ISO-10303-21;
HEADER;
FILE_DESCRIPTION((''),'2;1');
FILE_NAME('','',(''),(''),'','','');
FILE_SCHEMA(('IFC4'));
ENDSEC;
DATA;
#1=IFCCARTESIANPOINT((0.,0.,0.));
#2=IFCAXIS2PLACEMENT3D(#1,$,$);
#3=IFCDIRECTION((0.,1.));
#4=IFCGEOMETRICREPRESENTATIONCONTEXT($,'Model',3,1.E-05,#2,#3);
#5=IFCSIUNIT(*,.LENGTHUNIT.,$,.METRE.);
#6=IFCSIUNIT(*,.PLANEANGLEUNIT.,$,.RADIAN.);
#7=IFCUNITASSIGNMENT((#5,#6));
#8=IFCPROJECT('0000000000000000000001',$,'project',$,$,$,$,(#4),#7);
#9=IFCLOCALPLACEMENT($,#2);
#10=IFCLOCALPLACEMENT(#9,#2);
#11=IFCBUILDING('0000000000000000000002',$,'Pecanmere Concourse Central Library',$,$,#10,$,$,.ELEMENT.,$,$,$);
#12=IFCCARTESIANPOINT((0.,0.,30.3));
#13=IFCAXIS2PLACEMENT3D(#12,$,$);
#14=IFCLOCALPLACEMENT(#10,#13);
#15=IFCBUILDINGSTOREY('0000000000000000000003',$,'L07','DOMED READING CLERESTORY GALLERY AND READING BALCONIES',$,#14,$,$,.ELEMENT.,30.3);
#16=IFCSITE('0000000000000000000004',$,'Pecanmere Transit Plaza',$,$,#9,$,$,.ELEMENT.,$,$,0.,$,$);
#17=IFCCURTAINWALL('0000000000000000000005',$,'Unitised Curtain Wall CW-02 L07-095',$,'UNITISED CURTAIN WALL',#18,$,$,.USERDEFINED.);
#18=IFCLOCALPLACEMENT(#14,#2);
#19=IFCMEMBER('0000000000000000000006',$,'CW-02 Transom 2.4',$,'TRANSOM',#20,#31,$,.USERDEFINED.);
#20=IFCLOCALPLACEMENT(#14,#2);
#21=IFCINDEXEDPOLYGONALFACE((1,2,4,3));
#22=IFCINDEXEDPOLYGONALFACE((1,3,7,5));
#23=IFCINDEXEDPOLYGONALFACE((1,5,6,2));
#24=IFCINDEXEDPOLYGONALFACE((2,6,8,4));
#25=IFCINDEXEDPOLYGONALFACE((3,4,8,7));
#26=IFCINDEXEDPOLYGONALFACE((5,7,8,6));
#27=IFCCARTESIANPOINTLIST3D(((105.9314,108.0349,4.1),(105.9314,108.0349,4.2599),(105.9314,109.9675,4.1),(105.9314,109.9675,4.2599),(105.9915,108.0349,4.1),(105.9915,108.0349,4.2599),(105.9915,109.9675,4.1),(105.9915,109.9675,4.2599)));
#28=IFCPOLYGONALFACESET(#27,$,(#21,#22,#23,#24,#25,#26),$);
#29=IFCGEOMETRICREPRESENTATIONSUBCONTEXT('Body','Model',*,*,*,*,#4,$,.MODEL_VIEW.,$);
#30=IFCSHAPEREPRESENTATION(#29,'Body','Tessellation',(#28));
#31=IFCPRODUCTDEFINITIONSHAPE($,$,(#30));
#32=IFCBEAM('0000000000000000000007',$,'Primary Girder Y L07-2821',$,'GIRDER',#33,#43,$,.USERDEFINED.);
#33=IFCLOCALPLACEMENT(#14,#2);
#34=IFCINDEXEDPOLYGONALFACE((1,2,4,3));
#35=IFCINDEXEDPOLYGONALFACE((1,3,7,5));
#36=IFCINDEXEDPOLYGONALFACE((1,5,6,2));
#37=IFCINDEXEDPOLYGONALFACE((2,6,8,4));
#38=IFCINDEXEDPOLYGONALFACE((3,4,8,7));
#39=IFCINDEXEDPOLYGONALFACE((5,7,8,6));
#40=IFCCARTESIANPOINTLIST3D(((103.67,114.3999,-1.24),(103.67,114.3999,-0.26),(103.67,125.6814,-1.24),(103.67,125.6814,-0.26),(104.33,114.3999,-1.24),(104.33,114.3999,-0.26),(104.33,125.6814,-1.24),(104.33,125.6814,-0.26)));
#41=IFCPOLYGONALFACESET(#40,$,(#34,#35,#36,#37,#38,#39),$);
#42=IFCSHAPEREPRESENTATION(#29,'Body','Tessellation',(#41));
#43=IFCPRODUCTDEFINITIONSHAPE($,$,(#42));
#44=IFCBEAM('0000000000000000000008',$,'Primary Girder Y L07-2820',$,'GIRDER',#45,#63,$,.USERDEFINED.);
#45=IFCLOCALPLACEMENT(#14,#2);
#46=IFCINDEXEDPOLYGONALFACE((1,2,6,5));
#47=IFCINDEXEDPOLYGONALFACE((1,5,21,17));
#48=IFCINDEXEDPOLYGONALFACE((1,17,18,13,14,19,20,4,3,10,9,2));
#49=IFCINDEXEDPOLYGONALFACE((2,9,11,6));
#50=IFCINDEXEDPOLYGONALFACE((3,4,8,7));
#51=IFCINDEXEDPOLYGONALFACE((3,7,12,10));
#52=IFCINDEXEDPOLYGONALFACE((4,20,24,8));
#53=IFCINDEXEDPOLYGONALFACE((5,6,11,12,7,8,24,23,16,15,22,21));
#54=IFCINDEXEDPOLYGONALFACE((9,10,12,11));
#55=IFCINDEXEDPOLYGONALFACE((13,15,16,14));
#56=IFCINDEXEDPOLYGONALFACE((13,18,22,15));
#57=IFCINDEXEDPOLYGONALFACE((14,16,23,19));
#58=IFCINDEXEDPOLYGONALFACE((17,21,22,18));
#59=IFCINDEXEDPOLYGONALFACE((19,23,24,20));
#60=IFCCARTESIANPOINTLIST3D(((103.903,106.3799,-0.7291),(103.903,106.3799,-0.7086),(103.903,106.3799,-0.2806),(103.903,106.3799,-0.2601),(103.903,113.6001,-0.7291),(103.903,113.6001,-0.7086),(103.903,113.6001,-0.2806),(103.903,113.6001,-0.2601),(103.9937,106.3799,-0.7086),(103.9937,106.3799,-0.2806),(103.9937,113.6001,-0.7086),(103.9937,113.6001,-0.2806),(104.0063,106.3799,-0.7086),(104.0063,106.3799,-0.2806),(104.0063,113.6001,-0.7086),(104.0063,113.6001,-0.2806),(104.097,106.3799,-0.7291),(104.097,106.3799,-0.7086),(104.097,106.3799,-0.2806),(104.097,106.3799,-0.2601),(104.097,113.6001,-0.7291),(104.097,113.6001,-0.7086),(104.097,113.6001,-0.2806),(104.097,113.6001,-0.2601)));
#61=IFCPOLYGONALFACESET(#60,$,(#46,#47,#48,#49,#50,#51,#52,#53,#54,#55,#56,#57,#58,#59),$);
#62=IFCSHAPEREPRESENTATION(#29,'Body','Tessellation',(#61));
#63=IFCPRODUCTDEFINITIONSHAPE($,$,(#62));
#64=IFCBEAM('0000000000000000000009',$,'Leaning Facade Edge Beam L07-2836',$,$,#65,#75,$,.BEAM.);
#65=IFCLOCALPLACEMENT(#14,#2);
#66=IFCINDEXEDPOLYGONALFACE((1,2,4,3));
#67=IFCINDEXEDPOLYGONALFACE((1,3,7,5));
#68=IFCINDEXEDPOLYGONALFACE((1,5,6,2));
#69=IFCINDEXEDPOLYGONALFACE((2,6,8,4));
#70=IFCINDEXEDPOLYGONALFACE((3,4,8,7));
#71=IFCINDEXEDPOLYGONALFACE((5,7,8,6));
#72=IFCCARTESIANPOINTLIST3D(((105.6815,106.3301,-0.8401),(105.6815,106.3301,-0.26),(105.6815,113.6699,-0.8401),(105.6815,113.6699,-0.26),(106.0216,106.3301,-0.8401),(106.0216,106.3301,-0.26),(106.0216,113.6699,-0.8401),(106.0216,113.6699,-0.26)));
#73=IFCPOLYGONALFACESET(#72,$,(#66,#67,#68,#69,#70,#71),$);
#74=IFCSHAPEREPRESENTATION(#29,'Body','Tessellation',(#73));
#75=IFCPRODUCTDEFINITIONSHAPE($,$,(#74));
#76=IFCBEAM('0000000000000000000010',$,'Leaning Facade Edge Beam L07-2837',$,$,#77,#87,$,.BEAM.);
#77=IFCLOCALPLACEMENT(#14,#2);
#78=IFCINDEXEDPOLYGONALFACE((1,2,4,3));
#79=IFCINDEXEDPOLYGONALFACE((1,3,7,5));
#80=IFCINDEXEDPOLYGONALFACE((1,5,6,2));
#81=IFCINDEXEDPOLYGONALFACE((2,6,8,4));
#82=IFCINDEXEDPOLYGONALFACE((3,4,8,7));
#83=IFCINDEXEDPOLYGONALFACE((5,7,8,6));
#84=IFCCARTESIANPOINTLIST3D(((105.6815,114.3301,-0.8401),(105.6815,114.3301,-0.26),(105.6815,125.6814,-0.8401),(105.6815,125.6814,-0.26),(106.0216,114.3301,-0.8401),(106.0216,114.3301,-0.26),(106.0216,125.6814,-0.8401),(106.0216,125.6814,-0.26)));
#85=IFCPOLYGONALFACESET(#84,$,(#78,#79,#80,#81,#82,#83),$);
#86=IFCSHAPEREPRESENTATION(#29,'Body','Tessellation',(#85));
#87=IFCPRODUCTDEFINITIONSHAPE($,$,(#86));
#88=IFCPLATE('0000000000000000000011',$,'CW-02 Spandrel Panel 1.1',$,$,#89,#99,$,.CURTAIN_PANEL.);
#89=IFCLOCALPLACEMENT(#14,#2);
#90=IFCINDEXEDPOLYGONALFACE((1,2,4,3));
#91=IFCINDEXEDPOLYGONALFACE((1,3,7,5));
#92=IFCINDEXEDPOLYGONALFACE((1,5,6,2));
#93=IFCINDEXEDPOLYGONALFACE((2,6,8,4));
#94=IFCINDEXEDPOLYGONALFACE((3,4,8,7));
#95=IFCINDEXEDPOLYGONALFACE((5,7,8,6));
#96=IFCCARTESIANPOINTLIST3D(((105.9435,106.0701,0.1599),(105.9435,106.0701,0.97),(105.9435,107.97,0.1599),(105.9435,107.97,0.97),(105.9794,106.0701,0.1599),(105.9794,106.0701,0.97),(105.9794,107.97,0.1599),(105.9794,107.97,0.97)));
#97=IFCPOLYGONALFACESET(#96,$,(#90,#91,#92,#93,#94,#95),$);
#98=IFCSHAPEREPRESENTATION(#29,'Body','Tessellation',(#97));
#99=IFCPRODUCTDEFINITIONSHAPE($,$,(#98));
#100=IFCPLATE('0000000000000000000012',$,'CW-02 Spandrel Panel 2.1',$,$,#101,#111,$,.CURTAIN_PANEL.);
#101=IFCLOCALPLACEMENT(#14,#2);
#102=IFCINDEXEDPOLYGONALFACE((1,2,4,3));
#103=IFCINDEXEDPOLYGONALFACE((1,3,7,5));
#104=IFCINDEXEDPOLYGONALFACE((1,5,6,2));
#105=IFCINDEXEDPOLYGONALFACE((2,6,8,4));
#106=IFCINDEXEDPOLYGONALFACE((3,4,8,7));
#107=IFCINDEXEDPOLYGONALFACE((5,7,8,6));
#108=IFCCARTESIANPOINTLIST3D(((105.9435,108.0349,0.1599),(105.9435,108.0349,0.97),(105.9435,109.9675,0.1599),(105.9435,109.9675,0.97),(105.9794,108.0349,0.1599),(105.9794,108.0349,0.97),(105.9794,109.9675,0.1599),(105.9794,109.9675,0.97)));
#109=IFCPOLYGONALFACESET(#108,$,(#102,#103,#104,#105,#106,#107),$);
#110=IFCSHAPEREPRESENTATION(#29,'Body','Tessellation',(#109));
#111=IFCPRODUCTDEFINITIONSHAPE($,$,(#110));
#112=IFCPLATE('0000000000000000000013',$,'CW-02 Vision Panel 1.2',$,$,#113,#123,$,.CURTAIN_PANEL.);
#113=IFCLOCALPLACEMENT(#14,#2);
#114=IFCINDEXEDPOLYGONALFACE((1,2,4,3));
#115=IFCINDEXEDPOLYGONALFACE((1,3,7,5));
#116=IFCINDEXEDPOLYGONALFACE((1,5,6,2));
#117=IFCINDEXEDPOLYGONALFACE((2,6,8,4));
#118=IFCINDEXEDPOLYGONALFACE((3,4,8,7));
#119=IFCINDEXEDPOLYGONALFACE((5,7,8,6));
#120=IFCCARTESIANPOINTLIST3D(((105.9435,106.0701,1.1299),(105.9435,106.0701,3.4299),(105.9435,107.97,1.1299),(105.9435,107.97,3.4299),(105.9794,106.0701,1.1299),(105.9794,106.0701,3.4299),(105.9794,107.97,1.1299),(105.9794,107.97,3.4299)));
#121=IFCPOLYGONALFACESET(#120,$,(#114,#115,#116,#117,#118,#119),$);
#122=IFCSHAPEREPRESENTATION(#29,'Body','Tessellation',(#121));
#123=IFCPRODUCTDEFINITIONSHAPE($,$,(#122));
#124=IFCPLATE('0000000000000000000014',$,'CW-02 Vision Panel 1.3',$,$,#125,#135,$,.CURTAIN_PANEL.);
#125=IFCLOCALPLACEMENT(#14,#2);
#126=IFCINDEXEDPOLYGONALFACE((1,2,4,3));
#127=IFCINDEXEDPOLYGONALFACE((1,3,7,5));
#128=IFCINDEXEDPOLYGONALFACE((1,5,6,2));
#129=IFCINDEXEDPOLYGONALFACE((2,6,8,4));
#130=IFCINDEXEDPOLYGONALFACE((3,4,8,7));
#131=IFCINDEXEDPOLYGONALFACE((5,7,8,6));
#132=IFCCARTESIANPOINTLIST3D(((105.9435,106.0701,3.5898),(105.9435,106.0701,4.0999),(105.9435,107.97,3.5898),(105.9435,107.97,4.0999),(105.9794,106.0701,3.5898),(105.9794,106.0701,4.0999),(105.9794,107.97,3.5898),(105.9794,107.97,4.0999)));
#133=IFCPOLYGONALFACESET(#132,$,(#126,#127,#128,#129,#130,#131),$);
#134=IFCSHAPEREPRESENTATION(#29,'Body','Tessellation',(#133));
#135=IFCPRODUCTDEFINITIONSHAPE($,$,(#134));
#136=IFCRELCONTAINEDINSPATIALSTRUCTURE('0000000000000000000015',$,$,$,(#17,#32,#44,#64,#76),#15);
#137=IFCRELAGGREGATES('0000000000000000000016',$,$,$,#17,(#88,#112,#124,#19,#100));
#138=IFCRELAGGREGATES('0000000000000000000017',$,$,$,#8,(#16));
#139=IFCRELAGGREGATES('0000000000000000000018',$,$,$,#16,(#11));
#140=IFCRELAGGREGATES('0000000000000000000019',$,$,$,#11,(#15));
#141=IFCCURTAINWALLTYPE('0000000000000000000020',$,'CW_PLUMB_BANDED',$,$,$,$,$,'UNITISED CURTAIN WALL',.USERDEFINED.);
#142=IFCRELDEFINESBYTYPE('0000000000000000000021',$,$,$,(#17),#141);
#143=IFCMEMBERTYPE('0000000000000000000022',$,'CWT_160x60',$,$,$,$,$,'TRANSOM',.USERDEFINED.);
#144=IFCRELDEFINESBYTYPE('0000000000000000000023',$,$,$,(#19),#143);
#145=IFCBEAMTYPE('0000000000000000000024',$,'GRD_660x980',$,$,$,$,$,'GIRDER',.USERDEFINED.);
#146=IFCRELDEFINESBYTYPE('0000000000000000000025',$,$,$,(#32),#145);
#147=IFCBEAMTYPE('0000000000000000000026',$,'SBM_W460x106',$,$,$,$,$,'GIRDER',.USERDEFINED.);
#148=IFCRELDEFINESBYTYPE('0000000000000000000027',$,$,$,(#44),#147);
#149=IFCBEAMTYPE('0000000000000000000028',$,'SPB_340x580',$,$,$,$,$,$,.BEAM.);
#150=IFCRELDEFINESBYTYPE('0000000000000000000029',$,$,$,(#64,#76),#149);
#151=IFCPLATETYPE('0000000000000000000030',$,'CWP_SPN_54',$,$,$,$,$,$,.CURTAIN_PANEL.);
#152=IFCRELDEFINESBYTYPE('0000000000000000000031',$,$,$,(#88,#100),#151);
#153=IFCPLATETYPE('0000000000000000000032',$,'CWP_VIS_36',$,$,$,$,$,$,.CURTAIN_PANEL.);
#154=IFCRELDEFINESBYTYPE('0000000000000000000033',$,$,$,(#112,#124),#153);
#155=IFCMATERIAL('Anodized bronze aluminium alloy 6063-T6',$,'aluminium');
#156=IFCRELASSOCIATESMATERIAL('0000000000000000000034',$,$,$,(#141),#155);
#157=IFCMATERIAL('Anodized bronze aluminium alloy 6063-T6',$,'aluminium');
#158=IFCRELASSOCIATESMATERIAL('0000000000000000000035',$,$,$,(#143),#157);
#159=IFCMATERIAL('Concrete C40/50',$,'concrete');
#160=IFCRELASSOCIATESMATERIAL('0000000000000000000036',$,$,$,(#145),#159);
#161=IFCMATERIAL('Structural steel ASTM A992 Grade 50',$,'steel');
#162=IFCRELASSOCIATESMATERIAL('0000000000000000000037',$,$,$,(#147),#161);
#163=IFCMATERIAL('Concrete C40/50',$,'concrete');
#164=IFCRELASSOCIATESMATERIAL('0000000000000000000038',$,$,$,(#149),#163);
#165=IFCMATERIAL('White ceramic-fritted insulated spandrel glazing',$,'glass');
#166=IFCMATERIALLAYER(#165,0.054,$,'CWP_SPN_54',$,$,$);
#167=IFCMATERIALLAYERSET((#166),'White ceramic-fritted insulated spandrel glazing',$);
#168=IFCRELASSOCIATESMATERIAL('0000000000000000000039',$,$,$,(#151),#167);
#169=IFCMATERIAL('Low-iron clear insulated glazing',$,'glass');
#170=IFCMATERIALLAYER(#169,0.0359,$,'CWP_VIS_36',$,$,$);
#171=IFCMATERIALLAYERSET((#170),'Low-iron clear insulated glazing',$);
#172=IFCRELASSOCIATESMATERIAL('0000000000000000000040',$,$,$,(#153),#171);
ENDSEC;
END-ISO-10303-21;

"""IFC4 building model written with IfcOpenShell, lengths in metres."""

from ifc_helpers import new_model, si_unit, direction, frame, origin, origin_2d, place, context, subcontext, project, spatial, rectangle, i_section, extrude, material, layer, layer_set, material_profile, profile_set, type_object, element, aggregate, save


model = new_model("IFC4")

# Units and contexts
model_context = context("Model", 3, precision=1e-05, world=origin(), true_north=direction((0.0, 1.0)))
body_context = subcontext(model_context, "Body", "Model", "MODEL_VIEW")
ifc_project = project(units=[si_unit("LENGTHUNIT", "METRE"), si_unit("PLANEANGLEUNIT", "RADIAN")], contexts=[model_context])

# Site, building, storey
site_placement = place(None, origin())
site = spatial("IfcSite", under=ifc_project, at=site_placement, Name="Pecanmere Transit Plaza", CompositionType="ELEMENT", RefElevation=0.0)
building_placement = place(site_placement, origin())
building = spatial("IfcBuilding", under=site, at=building_placement, Name="Pecanmere Concourse Central Library", CompositionType="ELEMENT")
storey_placement = place(building_placement, frame((0.0, 0.0, 30.3)))
storey = spatial("IfcBuildingStorey", under=building, at=storey_placement, Name="L07", Description="DOMED READING CLERESTORY GALLERY AND READING BALCONIES", CompositionType="ELEMENT", Elevation=30.3)

# Shared definitions
ifc_material_1 = material(Name="Anodized bronze aluminium alloy 6063-T6", Category="aluminium")
curtain_wall_type = type_object("IfcCurtainWallType", Name="CW_PLUMB_BANDED", ElementType="UNITISED CURTAIN WALL", PredefinedType="USERDEFINED", material=ifc_material_1)

# Curtain wall, member
curtain_wall_1_placement = place(storey_placement, origin())
curtain_wall_1 = element("IfcCurtainWall", 1, at=curtain_wall_1_placement, inside=storey, type_object=curtain_wall_type, Name="Unitised Curtain Wall CW-02 L07-095", ObjectType="UNITISED CURTAIN WALL", PredefinedType="USERDEFINED")
ifc_material_2 = material(Name="Anodized bronze aluminium alloy 6063-T6", Category="aluminium")
ifc_material_profile_1 = material_profile(ifc_material_2, rectangle(XDim=0.0601, YDim=0.1599, at=origin_2d()), Name="AL 60x160")
ifc_profile_set_1 = profile_set([ifc_material_profile_1], Name="Anodized bronze aluminium alloy 6063-T6")
member_type_1 = type_object("IfcMemberType", Name="CWT_160x60", ElementType="TRANSOM", PredefinedType="USERDEFINED", material=ifc_profile_set_1)
member_1_placement = place(storey_placement, frame((105.9614, 108.0349, 4.1799), z_axis=(0.0, 1.0, 0.0), x_axis=(-1.0, 0.0, 0.0)))
member_1 = element("IfcMember", 2, at=member_1_placement, type_object=member_type_1, Name="CW-02 Transom 2.4", ObjectType="TRANSOM", PredefinedType="USERDEFINED", context=body_context, shape_type="SweptSolid", body=[
    extrude(rectangle(XDim=0.0601, YDim=0.1599, at=origin_2d()), origin(), (0.0, 0.0, 1.0), 1.9326),
])

# Beams
ifc_material_3 = material(Name="Concrete C40/50", Category="concrete")
ifc_material_profile_2 = material_profile(ifc_material_3, rectangle(XDim=0.6599, YDim=0.98, at=origin_2d()), Name="RC 660x980")
ifc_profile_set_2 = profile_set([ifc_material_profile_2], Name="Concrete C40/50")
beam_type_1 = type_object("IfcBeamType", Name="GRD_660x980", ElementType="GIRDER", PredefinedType="USERDEFINED", material=ifc_profile_set_2)
beam_1_placement = place(storey_placement, frame((104.0, 114.3999, -0.75), z_axis=(0.0, 1.0, 0.0), x_axis=(-1.0, 0.0, 0.0)))
element("IfcBeam", 3, at=beam_1_placement, inside=storey, type_object=beam_type_1, Name="Primary Girder Y L07-2821", ObjectType="GIRDER", PredefinedType="USERDEFINED", context=body_context, shape_type="SweptSolid", body=[
    extrude(rectangle(XDim=0.6599, YDim=0.98, at=origin_2d()), origin(), (0.0, 0.0, 1.0), 11.2815),
])
ifc_material_4 = material(Name="Structural steel ASTM A992 Grade 50", Category="steel")
ifc_material_profile_3 = material_profile(ifc_material_4, i_section(OverallWidth=0.1941, OverallDepth=0.469, WebThickness=0.0127, FlangeThickness=0.0205, at=origin_2d()), Name="W460x106")
ifc_profile_set_3 = profile_set([ifc_material_profile_3], Name="Structural steel ASTM A992 Grade 50")
beam_type_2 = type_object("IfcBeamType", Name="SBM_W460x106", ElementType="GIRDER", PredefinedType="USERDEFINED", material=ifc_profile_set_3)
beam_2_placement = place(storey_placement, frame((104.0, 106.3799, -0.4946), z_axis=(0.0, 1.0, 0.0), x_axis=(-1.0, 0.0, 0.0)))
element("IfcBeam", 4, at=beam_2_placement, inside=storey, type_object=beam_type_2, Name="Primary Girder Y L07-2820", ObjectType="GIRDER", PredefinedType="USERDEFINED", context=body_context, shape_type="SweptSolid", body=[
    extrude(i_section(OverallWidth=0.1941, OverallDepth=0.469, WebThickness=0.0127, FlangeThickness=0.0205, at=origin_2d()), origin(), (0.0, 0.0, 1.0), 7.2202),
])
ifc_material_5 = material(Name="Concrete C40/50", Category="concrete")
ifc_material_profile_4 = material_profile(ifc_material_5, rectangle(XDim=0.3401, YDim=0.5801, at=origin_2d()), Name="RC 340x580")
ifc_profile_set_4 = profile_set([ifc_material_profile_4], Name="Concrete C40/50")
beam_type_3 = type_object("IfcBeamType", Name="SPB_340x580", PredefinedType="BEAM", material=ifc_profile_set_4)
beam_3_placement = place(storey_placement, frame((105.8516, 106.3301, -0.55), z_axis=(0.0, 1.0, 0.0), x_axis=(-1.0, 0.0, 0.0)))
element("IfcBeam", 5, at=beam_3_placement, inside=storey, type_object=beam_type_3, Name="Leaning Facade Edge Beam L07-2836", PredefinedType="BEAM", context=body_context, shape_type="SweptSolid", body=[
    extrude(rectangle(XDim=0.3401, YDim=0.5801, at=origin_2d()), origin(), (0.0, 0.0, 1.0), 7.3398),
])
beam_4_placement = place(storey_placement, frame((105.8516, 114.3301, -0.55), z_axis=(0.0, 1.0, 0.0), x_axis=(-1.0, 0.0, 0.0)))
element("IfcBeam", 6, at=beam_4_placement, inside=storey, type_object=beam_type_3, Name="Leaning Facade Edge Beam L07-2837", PredefinedType="BEAM", context=body_context, shape_type="SweptSolid", body=[
    extrude(rectangle(XDim=0.3401, YDim=0.5801, at=origin_2d()), origin(), (0.0, 0.0, 1.0), 11.3513),
])

# Plates
ifc_material_6 = material(Name="White ceramic-fritted insulated spandrel glazing", Category="glass")
ifc_layer_1 = layer(ifc_material_6, 0.054, Name="CWP_SPN_54")
ifc_layer_set_1 = layer_set([ifc_layer_1], Name="White ceramic-fritted insulated spandrel glazing")
plate_type_1 = type_object("IfcPlateType", Name="CWP_SPN_54", PredefinedType="CURTAIN_PANEL", material=ifc_layer_set_1)
plate_1_placement = place(storey_placement, frame((105.9614, 107.02, 0.1599), z_axis=(0.0, 0.0, 1.0), x_axis=(0.0, 1.0, 0.0)))
plate_1 = element("IfcPlate", 7, at=plate_1_placement, type_object=plate_type_1, Name="CW-02 Spandrel Panel 1.1", PredefinedType="CURTAIN_PANEL", context=body_context, shape_type="SweptSolid", body=[
    extrude(rectangle(XDim=1.8999, YDim=0.0359, at=origin_2d()), origin(), (0.0, 0.0, 1.0), 0.8101),
])
plate_2_placement = place(storey_placement, frame((105.9614, 109.0012, 0.1599), z_axis=(0.0, 0.0, 1.0), x_axis=(0.0, 1.0, 0.0)))
plate_2 = element("IfcPlate", 8, at=plate_2_placement, type_object=plate_type_1, Name="CW-02 Spandrel Panel 2.1", PredefinedType="CURTAIN_PANEL", context=body_context, shape_type="SweptSolid", body=[
    extrude(rectangle(XDim=1.9326, YDim=0.0359, at=origin_2d()), origin(), (0.0, 0.0, 1.0), 0.8101),
])
ifc_material_7 = material(Name="Low-iron clear insulated glazing", Category="glass")
ifc_layer_2 = layer(ifc_material_7, 0.0359, Name="CWP_VIS_36")
ifc_layer_set_2 = layer_set([ifc_layer_2], Name="Low-iron clear insulated glazing")
plate_type_2 = type_object("IfcPlateType", Name="CWP_VIS_36", PredefinedType="CURTAIN_PANEL", material=ifc_layer_set_2)
plate_3_placement = place(storey_placement, frame((105.9614, 107.02, 1.1299), z_axis=(0.0, 0.0, 1.0), x_axis=(0.0, 1.0, 0.0)))
plate_3 = element("IfcPlate", 9, at=plate_3_placement, type_object=plate_type_2, Name="CW-02 Vision Panel 1.2", PredefinedType="CURTAIN_PANEL", context=body_context, shape_type="SweptSolid", body=[
    extrude(rectangle(XDim=1.8999, YDim=0.0359, at=origin_2d()), origin(), (0.0, 0.0, 1.0), 2.3),
])
plate_4_placement = place(storey_placement, frame((105.9614, 107.02, 3.5898), z_axis=(0.0, 0.0, 1.0), x_axis=(0.0, 1.0, 0.0)))
plate_4 = element("IfcPlate", 10, at=plate_4_placement, type_object=plate_type_2, Name="CW-02 Vision Panel 1.3", PredefinedType="CURTAIN_PANEL", context=body_context, shape_type="SweptSolid", body=[
    extrude(rectangle(XDim=1.8999, YDim=0.0359, at=origin_2d()), origin(), (0.0, 0.0, 1.0), 0.51),
])
aggregate(curtain_wall_1, [plate_1, plate_3, plate_4, member_1, plate_2])

save(model, "model.ifc")
